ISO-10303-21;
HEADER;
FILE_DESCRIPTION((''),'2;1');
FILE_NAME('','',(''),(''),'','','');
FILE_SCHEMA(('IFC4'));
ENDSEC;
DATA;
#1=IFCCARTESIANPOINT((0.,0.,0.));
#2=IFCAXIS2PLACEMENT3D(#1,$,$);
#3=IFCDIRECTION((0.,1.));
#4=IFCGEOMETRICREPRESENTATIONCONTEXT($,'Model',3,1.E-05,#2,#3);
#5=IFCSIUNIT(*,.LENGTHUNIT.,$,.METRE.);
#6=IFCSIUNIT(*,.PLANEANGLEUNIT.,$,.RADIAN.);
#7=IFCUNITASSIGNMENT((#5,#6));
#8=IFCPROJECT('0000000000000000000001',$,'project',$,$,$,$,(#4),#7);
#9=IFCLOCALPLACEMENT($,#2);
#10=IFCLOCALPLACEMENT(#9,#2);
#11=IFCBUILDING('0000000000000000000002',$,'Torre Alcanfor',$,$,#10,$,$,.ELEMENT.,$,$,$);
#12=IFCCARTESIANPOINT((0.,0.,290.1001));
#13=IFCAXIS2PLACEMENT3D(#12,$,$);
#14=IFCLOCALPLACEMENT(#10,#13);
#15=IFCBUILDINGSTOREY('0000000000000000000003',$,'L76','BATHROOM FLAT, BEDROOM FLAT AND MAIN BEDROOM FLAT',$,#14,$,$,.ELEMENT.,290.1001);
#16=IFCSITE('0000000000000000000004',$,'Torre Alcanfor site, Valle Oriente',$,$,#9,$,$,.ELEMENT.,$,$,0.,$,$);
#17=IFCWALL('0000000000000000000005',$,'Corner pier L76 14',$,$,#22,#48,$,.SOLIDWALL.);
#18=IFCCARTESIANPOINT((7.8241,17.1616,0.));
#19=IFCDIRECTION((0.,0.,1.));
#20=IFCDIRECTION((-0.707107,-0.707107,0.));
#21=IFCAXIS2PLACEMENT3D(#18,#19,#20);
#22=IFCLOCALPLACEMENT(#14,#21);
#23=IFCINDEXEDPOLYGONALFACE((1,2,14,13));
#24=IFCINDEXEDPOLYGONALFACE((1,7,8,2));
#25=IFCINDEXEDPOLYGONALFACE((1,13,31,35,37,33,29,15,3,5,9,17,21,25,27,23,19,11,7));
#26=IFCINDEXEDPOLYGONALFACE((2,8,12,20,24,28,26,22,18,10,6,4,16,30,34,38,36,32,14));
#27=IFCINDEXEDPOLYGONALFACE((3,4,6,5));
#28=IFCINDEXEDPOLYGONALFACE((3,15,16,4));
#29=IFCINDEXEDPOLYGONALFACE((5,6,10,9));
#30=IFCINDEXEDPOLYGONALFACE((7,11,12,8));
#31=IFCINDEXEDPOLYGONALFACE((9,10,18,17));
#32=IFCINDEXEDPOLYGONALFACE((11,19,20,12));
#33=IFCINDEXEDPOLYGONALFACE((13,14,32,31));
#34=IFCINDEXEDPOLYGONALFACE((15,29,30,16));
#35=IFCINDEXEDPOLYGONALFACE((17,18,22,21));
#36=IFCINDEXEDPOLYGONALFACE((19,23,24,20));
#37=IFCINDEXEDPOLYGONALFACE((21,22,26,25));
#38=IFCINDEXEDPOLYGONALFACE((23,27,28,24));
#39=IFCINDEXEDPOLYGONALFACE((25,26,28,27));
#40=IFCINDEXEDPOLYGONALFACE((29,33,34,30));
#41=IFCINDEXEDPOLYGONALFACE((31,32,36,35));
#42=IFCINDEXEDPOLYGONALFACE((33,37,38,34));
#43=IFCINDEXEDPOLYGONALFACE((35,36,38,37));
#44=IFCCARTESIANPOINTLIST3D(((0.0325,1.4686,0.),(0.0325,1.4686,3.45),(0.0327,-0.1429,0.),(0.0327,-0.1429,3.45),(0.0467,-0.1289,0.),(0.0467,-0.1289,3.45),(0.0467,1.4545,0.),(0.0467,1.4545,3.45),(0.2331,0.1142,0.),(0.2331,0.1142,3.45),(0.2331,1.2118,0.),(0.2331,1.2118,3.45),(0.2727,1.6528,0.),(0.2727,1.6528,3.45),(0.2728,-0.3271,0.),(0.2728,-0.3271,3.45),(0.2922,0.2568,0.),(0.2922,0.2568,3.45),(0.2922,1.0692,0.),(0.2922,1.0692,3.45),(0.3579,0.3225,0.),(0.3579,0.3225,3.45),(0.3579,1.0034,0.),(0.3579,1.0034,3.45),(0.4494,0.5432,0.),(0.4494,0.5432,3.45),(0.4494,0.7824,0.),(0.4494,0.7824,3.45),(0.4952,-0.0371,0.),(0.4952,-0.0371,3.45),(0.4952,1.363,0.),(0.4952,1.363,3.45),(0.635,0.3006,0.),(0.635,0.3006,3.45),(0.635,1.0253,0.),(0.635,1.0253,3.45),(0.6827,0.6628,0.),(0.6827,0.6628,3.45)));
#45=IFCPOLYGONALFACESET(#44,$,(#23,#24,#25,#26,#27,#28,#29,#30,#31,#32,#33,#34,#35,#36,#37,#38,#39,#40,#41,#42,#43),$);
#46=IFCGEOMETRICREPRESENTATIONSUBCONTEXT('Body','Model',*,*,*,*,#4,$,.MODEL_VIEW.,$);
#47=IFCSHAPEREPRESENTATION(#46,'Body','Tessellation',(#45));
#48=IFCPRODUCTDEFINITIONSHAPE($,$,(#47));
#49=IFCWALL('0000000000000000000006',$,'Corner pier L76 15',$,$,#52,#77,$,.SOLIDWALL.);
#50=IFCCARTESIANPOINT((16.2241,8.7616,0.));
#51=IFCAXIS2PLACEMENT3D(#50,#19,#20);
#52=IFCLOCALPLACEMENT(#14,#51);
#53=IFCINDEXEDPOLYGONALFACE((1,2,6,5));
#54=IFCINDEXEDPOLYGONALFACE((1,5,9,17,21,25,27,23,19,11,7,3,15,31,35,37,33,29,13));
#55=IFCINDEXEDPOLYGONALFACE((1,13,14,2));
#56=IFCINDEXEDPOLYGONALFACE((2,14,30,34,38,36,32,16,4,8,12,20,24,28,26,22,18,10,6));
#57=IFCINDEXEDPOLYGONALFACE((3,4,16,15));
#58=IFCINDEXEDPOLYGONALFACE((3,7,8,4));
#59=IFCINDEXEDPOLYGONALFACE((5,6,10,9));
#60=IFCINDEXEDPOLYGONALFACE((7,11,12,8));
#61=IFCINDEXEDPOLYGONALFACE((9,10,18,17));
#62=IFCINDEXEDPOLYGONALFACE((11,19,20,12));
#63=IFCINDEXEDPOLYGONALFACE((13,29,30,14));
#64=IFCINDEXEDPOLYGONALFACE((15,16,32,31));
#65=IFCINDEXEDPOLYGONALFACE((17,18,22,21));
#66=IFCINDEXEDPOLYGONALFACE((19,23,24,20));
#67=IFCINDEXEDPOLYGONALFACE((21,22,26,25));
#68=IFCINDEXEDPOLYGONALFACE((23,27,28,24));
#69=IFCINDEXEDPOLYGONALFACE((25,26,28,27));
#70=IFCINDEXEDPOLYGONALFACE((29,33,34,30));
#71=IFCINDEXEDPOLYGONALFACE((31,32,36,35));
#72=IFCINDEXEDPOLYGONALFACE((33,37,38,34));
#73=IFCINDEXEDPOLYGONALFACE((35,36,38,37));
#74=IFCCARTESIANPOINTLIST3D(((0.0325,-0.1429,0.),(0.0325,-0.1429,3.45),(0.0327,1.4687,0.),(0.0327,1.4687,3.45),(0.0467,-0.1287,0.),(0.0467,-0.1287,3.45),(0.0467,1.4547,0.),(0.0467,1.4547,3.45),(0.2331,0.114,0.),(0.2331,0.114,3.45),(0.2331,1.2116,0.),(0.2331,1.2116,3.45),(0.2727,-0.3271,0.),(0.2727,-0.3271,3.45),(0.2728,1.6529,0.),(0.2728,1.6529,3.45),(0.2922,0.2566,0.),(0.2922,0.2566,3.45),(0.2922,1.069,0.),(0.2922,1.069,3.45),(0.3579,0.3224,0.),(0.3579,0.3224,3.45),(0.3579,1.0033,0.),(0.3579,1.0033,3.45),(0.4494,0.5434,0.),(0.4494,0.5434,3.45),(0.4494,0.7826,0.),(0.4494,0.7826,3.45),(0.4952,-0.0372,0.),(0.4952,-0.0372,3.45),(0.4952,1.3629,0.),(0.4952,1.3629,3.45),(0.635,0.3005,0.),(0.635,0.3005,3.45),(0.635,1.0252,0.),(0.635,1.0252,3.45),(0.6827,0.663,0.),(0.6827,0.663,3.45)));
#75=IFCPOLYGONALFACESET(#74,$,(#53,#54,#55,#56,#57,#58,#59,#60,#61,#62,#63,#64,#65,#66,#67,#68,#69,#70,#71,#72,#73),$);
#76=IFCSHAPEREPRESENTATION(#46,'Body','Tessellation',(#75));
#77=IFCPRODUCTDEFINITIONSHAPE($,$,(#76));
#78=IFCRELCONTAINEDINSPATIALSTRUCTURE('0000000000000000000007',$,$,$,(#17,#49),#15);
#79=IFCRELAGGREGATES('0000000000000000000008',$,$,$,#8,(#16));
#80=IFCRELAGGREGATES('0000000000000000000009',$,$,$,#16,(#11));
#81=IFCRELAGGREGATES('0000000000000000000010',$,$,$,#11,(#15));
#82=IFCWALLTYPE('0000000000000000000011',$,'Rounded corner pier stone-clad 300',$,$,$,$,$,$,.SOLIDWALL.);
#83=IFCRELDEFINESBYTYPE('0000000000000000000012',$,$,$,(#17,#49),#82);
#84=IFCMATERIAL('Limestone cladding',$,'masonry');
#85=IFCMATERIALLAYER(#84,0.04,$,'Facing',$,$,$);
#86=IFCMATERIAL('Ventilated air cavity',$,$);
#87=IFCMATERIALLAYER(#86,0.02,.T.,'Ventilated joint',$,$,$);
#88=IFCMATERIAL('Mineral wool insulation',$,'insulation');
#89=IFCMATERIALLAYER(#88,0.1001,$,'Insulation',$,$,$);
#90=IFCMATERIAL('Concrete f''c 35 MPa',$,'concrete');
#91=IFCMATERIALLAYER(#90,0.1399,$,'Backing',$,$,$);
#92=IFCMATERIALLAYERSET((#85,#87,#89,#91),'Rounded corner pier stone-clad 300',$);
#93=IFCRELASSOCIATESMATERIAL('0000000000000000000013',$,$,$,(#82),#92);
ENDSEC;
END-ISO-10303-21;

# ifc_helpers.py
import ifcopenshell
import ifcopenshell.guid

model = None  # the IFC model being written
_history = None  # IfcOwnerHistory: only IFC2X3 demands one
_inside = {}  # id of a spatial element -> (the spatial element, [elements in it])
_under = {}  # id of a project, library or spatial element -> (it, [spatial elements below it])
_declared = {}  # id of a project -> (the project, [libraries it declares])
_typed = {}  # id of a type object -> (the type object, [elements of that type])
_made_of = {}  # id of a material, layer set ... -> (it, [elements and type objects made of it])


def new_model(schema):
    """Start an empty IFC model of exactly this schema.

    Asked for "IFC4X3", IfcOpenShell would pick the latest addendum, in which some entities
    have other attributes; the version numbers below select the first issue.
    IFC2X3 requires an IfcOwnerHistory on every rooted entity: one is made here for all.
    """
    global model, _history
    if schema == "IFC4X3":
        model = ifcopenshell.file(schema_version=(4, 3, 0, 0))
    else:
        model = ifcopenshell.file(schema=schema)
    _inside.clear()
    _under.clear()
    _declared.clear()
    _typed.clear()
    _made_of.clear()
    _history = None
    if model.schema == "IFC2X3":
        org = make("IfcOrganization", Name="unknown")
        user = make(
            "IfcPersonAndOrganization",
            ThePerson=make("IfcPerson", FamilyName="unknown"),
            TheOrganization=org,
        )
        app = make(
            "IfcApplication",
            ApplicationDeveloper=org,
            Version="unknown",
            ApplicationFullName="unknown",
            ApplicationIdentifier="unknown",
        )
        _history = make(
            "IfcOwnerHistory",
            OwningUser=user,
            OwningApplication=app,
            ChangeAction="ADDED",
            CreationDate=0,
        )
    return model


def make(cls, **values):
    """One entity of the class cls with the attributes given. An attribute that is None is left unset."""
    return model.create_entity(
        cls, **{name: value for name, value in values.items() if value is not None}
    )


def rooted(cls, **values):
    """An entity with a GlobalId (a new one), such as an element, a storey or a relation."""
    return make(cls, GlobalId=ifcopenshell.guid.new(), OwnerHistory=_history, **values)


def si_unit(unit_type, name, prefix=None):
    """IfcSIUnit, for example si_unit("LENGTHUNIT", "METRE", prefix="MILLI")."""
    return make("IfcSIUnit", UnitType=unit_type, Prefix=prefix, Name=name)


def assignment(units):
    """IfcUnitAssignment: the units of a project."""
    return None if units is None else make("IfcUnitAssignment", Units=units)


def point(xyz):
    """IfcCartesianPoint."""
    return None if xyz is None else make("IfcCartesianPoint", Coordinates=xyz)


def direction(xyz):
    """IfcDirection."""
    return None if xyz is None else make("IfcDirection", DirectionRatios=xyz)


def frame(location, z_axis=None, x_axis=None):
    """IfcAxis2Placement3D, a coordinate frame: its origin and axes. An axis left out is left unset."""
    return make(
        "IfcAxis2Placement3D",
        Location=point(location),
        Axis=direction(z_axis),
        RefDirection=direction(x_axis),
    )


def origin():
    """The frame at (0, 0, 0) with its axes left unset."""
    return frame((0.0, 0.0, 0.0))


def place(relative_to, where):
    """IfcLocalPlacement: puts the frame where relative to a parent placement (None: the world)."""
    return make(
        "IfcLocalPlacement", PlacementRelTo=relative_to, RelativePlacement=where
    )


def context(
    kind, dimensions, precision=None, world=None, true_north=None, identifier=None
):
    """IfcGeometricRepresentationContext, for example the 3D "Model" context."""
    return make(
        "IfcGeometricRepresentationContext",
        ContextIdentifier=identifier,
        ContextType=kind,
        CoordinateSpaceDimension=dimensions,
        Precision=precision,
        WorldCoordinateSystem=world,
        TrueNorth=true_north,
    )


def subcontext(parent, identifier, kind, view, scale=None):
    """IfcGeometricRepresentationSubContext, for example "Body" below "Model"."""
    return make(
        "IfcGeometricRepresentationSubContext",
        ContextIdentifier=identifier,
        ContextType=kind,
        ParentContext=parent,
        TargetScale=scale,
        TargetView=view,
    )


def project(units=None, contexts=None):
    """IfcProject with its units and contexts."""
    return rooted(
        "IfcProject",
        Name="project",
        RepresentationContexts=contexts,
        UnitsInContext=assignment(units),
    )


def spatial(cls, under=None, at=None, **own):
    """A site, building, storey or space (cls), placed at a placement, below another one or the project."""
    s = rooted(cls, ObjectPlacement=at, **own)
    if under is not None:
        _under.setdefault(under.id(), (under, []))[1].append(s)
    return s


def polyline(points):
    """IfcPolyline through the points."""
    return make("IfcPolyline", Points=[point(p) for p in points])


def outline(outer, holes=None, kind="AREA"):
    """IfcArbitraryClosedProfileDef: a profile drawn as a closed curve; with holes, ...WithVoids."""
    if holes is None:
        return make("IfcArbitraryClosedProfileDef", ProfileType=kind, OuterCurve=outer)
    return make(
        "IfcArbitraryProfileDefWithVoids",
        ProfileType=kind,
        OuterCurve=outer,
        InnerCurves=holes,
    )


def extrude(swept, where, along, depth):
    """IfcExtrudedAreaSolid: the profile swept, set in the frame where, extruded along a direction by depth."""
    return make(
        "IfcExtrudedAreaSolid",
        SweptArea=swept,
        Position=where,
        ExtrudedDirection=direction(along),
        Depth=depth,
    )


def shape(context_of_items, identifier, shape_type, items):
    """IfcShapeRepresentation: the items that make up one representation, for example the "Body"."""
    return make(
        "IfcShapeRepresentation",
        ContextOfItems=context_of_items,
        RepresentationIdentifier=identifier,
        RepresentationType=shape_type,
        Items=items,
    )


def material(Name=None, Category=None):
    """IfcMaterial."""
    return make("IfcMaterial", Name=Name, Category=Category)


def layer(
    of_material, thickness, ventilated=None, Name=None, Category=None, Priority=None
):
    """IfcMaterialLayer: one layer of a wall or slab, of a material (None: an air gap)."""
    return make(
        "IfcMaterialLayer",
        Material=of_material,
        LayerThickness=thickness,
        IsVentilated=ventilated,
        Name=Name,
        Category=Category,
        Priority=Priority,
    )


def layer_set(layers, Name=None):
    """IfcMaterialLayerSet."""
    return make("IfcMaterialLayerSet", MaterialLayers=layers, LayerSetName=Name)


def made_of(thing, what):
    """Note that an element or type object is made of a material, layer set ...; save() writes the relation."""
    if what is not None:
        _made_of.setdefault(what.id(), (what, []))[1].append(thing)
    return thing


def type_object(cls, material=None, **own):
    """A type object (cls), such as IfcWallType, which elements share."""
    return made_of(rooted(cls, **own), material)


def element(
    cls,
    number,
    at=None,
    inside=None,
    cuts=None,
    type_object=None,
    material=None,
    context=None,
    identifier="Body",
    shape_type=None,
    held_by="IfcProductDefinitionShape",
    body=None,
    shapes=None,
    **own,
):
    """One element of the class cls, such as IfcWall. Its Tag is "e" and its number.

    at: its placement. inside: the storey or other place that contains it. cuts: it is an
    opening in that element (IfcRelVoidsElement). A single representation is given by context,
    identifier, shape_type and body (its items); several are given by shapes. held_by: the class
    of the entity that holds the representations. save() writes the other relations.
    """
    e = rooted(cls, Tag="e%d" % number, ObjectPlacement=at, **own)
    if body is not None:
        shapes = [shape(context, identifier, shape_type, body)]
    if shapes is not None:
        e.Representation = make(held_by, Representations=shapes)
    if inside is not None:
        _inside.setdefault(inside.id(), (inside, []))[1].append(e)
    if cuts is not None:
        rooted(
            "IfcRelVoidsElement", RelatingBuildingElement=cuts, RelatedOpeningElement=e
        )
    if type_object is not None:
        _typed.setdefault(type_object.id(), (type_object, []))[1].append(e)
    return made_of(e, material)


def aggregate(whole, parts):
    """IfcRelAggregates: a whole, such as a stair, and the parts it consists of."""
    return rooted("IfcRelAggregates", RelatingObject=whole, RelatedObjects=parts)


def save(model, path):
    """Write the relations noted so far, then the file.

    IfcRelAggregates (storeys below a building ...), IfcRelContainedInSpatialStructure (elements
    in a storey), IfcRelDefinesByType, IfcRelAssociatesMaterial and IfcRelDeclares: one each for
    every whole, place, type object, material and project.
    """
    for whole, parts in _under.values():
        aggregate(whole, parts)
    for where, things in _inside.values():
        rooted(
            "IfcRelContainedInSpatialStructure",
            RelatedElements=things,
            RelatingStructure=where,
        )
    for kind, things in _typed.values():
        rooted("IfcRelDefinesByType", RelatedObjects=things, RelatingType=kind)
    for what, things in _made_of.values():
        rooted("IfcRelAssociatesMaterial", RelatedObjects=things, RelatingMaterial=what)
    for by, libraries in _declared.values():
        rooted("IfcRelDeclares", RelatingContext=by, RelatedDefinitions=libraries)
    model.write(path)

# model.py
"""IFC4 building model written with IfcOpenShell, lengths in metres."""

from ifc_helpers import new_model, si_unit, direction, frame, origin, place, context, subcontext, project, spatial, polyline, outline, extrude, material, layer, layer_set, type_object, element, save


model = new_model("IFC4")

# Units and contexts
model_context = context("Model", 3, precision=1e-05, world=origin(), true_north=direction((0.0, 1.0)))
body_context = subcontext(model_context, "Body", "Model", "MODEL_VIEW")
ifc_project = project(units=[si_unit("LENGTHUNIT", "METRE"), si_unit("PLANEANGLEUNIT", "RADIAN")], contexts=[model_context])

# Site, building, storey
site_placement = place(None, origin())
site = spatial("IfcSite", under=ifc_project, at=site_placement, Name="Torre Alcanfor site, Valle Oriente", CompositionType="ELEMENT", RefElevation=0.0)
building_placement = place(site_placement, origin())
building = spatial("IfcBuilding", under=site, at=building_placement, Name="Torre Alcanfor", CompositionType="ELEMENT")
storey_placement = place(building_placement, frame((0.0, 0.0, 290.1001)))
storey = spatial("IfcBuildingStorey", under=building, at=storey_placement, Name="L76", Description="BATHROOM FLAT, BEDROOM FLAT AND MAIN BEDROOM FLAT", CompositionType="ELEMENT", Elevation=290.1001)

# Shared definitions
ifc_material_1 = material(Name="Limestone cladding", Category="masonry")
ifc_material_2 = material(Name="Ventilated air cavity")
ifc_material_3 = material(Name="Mineral wool insulation", Category="insulation")
ifc_material_4 = material(Name="Concrete f'c 35 MPa", Category="concrete")

# Walls
ifc_layer_1 = layer(ifc_material_1, 0.04, Name="Facing")
ifc_layer_2 = layer(ifc_material_2, 0.02, ventilated=True, Name="Ventilated joint")
ifc_layer_3 = layer(ifc_material_3, 0.1001, Name="Insulation")
ifc_layer_4 = layer(ifc_material_4, 0.1399, Name="Backing")
ifc_layer_set_1 = layer_set([ifc_layer_1, ifc_layer_2, ifc_layer_3, ifc_layer_4], Name="Rounded corner pier stone-clad 300")
wall_type_1 = type_object("IfcWallType", Name="Rounded corner pier stone-clad 300", PredefinedType="SOLIDWALL", material=ifc_layer_set_1)
wall_1_placement = place(storey_placement, frame((7.8241, 17.1616, 0.0), z_axis=(0.0, 0.0, 1.0), x_axis=(-0.707107, -0.707107, 0.0)))
element("IfcWall", 1, at=wall_1_placement, inside=storey, type_object=wall_type_1, Name="Corner pier L76 14", PredefinedType="SOLIDWALL", context=body_context, shape_type="SweptSolid", body=[
    extrude(outline(polyline([(0.0467, 1.4545), (0.2331, 1.2118), (0.2922, 1.0692), (0.3579, 1.0034), (0.4494, 0.7824), (0.4494, 0.5432), (0.3579, 0.3225), (0.2922, 0.2568), (0.2331, 0.1142), (0.0467, -0.1289), (0.0327, -0.1429), (0.2728, -0.3271), (0.4952, -0.0371), (0.635, 0.3006), (0.6827, 0.6628), (0.635, 1.0253), (0.4952, 1.363), (0.2727, 1.6528), (0.0325, 1.4686), (0.0467, 1.4545)])), origin(), (0.0, 0.0, 1.0), 3.45),
])
wall_2_placement = place(storey_placement, frame((16.2241, 8.7616, 0.0), z_axis=(0.0, 0.0, 1.0), x_axis=(-0.707107, -0.707107, 0.0)))
element("IfcWall", 2, at=wall_2_placement, inside=storey, type_object=wall_type_1, Name="Corner pier L76 15", PredefinedType="SOLIDWALL", context=body_context, shape_type="SweptSolid", body=[
    extrude(outline(polyline([(0.0327, 1.4687), (0.0467, 1.4547), (0.2331, 1.2116), (0.2922, 1.069), (0.3579, 1.0033), (0.4494, 0.7826), (0.4494, 0.5434), (0.3579, 0.3224), (0.2922, 0.2566), (0.2331, 0.114), (0.0467, -0.1287), (0.0325, -0.1429), (0.2727, -0.3271), (0.4952, -0.0372), (0.635, 0.3005), (0.6827, 0.663), (0.635, 1.0252), (0.4952, 1.3629), (0.2728, 1.6529), (0.0327, 1.4687)])), origin(), (0.0, 0.0, 1.0), 3.45),
])

save(model, "model.ifc")
